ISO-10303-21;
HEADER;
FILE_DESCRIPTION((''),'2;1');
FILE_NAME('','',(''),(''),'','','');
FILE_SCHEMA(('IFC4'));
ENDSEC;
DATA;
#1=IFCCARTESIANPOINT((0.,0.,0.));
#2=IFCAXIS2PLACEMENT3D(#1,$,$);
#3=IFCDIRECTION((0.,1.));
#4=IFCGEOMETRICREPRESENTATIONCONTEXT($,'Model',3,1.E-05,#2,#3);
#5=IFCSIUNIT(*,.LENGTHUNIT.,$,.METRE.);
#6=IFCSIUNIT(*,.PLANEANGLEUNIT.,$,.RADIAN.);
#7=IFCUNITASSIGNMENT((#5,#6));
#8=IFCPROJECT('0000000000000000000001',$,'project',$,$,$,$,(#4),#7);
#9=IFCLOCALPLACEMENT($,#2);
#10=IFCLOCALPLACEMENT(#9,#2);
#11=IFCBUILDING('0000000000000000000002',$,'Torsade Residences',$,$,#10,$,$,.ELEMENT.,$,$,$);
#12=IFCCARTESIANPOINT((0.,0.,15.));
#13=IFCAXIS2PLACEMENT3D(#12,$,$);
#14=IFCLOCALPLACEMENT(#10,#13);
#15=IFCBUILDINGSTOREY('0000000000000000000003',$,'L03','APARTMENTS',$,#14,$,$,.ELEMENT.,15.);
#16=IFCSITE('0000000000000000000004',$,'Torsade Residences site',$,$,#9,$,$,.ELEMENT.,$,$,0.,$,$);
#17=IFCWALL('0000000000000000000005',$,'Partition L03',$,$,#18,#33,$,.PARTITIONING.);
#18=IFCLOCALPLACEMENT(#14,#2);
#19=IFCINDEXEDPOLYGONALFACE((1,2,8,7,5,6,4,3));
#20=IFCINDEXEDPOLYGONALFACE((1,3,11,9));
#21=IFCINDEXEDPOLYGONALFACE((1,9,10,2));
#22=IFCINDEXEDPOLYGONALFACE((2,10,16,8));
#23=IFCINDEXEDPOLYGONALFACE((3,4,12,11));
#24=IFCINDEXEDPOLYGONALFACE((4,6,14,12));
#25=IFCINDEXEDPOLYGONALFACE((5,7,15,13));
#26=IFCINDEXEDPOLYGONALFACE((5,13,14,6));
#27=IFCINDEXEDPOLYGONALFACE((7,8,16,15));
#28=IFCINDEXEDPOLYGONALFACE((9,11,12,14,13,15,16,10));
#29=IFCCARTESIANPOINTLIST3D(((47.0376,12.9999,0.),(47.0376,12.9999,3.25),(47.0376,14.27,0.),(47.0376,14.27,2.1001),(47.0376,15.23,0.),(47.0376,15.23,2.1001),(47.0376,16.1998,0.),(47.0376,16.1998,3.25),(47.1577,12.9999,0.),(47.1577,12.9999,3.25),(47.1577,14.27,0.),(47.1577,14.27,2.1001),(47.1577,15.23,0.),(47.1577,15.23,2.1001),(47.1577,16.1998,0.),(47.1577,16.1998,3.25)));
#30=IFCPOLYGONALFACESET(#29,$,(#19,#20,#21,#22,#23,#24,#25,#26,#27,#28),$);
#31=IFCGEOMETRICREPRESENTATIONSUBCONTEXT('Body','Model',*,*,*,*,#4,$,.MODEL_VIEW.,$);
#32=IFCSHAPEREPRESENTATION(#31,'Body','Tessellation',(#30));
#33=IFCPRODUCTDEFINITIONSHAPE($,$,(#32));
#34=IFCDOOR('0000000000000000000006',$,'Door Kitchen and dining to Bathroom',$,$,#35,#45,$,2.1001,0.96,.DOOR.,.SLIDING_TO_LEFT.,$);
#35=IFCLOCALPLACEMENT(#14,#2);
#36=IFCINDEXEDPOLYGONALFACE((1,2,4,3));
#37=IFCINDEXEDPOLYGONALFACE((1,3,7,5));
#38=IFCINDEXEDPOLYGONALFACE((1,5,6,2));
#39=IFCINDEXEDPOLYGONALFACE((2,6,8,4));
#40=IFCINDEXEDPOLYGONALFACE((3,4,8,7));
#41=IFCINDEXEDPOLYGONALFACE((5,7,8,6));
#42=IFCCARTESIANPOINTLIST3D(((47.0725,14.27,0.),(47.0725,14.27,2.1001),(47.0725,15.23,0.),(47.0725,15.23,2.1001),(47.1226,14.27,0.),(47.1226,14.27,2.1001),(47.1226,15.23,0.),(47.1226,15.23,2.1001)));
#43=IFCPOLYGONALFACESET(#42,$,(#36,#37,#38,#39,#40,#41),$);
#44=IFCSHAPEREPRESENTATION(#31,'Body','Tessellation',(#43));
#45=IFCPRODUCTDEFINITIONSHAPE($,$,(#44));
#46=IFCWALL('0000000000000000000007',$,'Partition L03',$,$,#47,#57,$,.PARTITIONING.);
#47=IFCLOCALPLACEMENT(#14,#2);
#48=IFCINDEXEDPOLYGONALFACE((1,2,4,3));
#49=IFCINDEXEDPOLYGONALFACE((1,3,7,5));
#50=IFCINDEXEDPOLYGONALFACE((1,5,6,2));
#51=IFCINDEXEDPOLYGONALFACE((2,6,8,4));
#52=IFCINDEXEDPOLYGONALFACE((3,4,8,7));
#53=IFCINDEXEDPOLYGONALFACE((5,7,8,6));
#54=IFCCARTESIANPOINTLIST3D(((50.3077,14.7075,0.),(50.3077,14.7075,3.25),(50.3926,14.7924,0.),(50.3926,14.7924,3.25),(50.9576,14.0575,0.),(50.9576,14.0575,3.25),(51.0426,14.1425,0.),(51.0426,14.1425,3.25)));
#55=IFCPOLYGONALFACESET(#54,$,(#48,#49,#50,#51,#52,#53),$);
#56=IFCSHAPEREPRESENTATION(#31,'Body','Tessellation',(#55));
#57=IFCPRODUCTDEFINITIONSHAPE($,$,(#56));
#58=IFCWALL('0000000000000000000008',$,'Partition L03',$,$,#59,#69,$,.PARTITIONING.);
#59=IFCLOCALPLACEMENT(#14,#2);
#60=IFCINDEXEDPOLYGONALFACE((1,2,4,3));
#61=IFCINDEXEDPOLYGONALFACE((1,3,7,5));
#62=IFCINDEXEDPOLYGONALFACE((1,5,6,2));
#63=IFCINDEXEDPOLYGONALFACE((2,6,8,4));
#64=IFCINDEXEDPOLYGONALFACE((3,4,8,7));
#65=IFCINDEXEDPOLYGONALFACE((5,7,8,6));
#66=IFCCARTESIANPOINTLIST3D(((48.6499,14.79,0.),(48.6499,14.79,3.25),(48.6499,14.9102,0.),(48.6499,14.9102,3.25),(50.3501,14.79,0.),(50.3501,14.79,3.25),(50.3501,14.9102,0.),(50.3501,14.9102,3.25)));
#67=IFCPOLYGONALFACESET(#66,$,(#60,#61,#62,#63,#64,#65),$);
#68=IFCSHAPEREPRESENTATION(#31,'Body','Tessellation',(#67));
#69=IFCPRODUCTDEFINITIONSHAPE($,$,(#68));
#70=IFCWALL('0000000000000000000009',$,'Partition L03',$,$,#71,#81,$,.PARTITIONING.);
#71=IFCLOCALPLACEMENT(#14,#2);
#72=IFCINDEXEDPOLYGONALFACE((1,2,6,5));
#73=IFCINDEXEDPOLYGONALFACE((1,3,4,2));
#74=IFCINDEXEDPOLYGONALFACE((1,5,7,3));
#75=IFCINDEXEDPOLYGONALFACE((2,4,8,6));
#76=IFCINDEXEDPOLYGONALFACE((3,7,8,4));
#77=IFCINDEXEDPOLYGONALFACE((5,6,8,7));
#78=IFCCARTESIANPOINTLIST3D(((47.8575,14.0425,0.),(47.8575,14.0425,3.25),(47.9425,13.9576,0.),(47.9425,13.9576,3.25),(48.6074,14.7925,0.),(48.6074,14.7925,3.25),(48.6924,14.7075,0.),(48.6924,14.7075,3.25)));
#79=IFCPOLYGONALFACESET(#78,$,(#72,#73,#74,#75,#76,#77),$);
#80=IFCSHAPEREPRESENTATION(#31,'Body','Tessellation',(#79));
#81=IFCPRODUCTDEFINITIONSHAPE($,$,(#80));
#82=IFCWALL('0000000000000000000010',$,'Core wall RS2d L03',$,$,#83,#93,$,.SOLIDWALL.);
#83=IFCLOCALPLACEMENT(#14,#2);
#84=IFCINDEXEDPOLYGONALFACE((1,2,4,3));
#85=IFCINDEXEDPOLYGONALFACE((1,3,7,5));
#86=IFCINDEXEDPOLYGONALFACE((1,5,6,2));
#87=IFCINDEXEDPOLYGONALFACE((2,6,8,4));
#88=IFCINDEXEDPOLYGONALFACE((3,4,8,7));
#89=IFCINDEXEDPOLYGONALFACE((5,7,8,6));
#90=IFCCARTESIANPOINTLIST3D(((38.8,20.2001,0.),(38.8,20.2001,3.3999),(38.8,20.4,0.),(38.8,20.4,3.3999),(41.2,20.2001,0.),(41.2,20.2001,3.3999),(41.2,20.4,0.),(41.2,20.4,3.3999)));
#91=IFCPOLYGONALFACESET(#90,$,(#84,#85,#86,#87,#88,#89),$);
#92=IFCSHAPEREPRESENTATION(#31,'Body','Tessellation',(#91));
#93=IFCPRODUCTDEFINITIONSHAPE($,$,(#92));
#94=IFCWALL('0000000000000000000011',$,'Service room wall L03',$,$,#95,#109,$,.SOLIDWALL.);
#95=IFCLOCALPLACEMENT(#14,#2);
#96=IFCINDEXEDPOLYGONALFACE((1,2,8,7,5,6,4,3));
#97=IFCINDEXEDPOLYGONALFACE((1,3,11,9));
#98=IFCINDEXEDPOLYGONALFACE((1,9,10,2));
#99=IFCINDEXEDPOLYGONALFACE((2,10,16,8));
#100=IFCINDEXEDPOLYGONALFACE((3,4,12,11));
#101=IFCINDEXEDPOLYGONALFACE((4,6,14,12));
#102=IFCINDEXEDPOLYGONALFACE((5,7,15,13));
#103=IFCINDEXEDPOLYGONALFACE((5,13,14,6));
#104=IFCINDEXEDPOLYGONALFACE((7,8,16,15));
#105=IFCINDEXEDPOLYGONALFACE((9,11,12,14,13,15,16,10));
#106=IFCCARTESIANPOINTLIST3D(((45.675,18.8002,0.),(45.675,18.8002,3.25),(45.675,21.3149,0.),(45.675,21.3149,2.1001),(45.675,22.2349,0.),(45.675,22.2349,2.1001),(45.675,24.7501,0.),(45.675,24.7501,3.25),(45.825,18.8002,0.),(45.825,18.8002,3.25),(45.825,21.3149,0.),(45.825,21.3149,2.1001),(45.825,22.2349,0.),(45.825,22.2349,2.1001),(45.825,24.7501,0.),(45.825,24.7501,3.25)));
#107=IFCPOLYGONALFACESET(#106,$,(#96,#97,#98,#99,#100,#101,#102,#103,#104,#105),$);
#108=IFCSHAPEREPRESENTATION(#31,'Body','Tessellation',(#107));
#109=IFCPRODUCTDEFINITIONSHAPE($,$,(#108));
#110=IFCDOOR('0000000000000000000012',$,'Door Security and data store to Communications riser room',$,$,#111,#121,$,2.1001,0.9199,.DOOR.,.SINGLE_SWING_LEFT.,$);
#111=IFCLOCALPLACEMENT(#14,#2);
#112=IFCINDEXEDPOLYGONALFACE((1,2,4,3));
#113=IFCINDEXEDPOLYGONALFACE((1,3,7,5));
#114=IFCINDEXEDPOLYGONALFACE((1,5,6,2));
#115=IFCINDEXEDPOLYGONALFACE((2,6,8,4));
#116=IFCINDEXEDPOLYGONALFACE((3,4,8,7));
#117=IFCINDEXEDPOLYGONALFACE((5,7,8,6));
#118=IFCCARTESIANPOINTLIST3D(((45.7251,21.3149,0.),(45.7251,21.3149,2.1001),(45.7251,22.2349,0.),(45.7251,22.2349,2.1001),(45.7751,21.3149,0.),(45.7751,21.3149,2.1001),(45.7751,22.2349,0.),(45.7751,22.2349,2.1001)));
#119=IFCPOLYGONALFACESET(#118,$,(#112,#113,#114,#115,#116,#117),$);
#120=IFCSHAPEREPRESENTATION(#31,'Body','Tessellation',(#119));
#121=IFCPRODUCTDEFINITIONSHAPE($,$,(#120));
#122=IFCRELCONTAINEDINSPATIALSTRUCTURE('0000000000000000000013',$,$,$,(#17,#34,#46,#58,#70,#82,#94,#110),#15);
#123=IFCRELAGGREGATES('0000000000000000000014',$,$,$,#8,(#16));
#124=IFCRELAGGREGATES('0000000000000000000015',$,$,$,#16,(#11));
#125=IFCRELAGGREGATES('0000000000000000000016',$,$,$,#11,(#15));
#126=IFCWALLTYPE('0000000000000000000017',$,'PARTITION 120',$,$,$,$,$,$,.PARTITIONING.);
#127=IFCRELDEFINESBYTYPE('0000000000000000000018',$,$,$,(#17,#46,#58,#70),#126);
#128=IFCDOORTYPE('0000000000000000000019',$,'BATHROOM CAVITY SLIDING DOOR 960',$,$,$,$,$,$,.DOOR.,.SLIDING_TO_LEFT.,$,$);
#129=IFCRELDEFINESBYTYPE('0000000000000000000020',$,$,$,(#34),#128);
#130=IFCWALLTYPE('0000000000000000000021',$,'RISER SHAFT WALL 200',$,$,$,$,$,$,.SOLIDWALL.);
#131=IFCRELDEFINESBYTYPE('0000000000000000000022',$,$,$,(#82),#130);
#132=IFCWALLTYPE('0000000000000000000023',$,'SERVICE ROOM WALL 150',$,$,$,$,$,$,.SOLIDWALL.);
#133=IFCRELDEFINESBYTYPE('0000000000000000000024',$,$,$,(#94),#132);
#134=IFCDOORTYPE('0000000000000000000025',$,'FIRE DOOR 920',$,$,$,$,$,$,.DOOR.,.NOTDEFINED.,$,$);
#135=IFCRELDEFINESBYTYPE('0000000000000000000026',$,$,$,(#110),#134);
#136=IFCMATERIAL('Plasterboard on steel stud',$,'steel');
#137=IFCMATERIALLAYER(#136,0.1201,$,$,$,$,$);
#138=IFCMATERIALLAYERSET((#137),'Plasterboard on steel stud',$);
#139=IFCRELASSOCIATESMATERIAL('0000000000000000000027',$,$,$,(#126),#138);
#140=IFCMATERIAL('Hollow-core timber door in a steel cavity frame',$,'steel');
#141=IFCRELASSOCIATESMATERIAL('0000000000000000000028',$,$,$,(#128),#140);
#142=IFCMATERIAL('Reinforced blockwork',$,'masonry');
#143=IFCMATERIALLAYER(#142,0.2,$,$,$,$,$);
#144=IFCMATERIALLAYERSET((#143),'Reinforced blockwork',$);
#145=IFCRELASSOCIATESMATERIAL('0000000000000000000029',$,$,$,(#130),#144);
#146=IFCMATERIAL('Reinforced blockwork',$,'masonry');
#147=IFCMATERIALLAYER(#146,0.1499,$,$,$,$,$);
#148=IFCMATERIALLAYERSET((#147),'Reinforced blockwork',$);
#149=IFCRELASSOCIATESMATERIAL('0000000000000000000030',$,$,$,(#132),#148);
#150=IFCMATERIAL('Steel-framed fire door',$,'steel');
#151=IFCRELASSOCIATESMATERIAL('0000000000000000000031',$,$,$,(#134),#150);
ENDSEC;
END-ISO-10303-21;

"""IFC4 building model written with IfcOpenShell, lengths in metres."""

from ifc_helpers import new_model, si_unit, direction, frame, frame_2d, origin, place, context, subcontext, project, spatial, rectangle, extrude, material, layer, layer_set, type_object, element, fill, save


model = new_model("IFC4")

# Units and contexts
model_context = context("Model", 3, precision=1e-05, world=origin(), true_north=direction((0.0, 1.0)))
body_context = subcontext(model_context, "Body", "Model", "MODEL_VIEW")
ifc_project = project(units=[si_unit("LENGTHUNIT", "METRE"), si_unit("PLANEANGLEUNIT", "RADIAN")], contexts=[model_context])

# Site, building, storey
site_placement = place(None, origin())
site = spatial("IfcSite", under=ifc_project, at=site_placement, Name="Torsade Residences site", CompositionType="ELEMENT", RefElevation=0.0)
building_placement = place(site_placement, origin())
building = spatial("IfcBuilding", under=site, at=building_placement, Name="Torsade Residences", CompositionType="ELEMENT")
storey_placement = place(building_placement, frame((0.0, 0.0, 15.0)))
storey = spatial("IfcBuildingStorey", under=building, at=storey_placement, Name="L03", Description="APARTMENTS", CompositionType="ELEMENT", Elevation=15.0)

# Wall, opening, door
ifc_material_1 = material(Name="Plasterboard on steel stud", Category="steel")
ifc_layer_1 = layer(ifc_material_1, 0.1201)
ifc_layer_set_1 = layer_set([ifc_layer_1], Name="Plasterboard on steel stud")
wall_type_1 = type_object("IfcWallType", Name="PARTITION 120", PredefinedType="PARTITIONING", material=ifc_layer_set_1)
wall_1_placement = place(storey_placement, frame((47.0977, 16.2, 0.0), z_axis=(0.0, 0.0, 1.0), x_axis=(0.0, -1.0, 0.0)))
wall_1 = element("IfcWall", 1, at=wall_1_placement, inside=storey, type_object=wall_type_1, Name="Partition L03", PredefinedType="PARTITIONING", context=body_context, shape_type="SweptSolid", body=[
    extrude(rectangle(XDim=3.2, YDim=0.1201, at=frame_2d((1.6001, 0.0))), origin(), (0.0, 0.0, 1.0), 3.25),
])
opening_1_placement = place(wall_1_placement, frame((0.97, 0.0, 0.0)))
opening_1 = element("IfcOpeningElement", 2, at=opening_1_placement, cuts=wall_1, PredefinedType="OPENING", context=body_context, shape_type="SweptSolid", body=[
    extrude(rectangle(XDim=0.96, YDim=2.1001, at=frame_2d((0.48, 1.05))), frame((0.0, 0.0701, 0.0), z_axis=(0.0, -1.0, 0.0), x_axis=(1.0, 0.0, 0.0)), (0.0, 0.0, 1.0), 0.1401),
])
ifc_material_2 = material(Name="Hollow-core timber door in a steel cavity frame", Category="steel")
door_type_1 = type_object("IfcDoorType", Name="BATHROOM CAVITY SLIDING DOOR 960", OperationType="SLIDING_TO_LEFT", PredefinedType="DOOR", material=ifc_material_2)
door_1_placement = place(opening_1_placement, origin())
door_1 = element("IfcDoor", 3, at=door_1_placement, inside=storey, type_object=door_type_1, Name="Door Kitchen and dining to Bathroom", OperationType="SLIDING_TO_LEFT", OverallHeight=2.1001, OverallWidth=0.96, PredefinedType="DOOR", context=body_context, shape_type="SweptSolid", body=[
    extrude(rectangle(XDim=0.96, YDim=2.1001, at=frame_2d((0.48, 1.05))), frame((0.0, 0.0249, 0.0), z_axis=(0.0, -1.0, 0.0), x_axis=(1.0, 0.0, 0.0)), (0.0, 0.0, 1.0), 0.05),
])
fill(opening_1, door_1)

# Walls
wall_2_placement = place(storey_placement, frame((51.0, 14.1001, 0.0), z_axis=(0.0, 0.0, 1.0), x_axis=(-0.707107, 0.707107, 0.0)))
element("IfcWall", 4, at=wall_2_placement, inside=storey, type_object=wall_type_1, Name="Partition L03", PredefinedType="PARTITIONING", context=body_context, shape_type="SweptSolid", body=[
    extrude(rectangle(XDim=0.9192, YDim=0.1201, at=frame_2d((0.4595, 0.0))), origin(), (0.0, 0.0, 1.0), 3.25),
])
wall_3_placement = place(storey_placement, frame((50.3501, 14.8501, 0.0), z_axis=(0.0, 0.0, 1.0), x_axis=(-1.0, 0.0, 0.0)))
element("IfcWall", 5, at=wall_3_placement, inside=storey, type_object=wall_type_1, Name="Partition L03", PredefinedType="PARTITIONING", context=body_context, shape_type="SweptSolid", body=[
    extrude(rectangle(XDim=1.7002, YDim=0.1201, at=frame_2d((0.8501, 0.0))), origin(), (0.0, 0.0, 1.0), 3.25),
])
wall_4_placement = place(storey_placement, frame((48.6499, 14.75, 0.0), z_axis=(0.0, 0.0, 1.0), x_axis=(-0.707107, -0.707107, 0.0)))
element("IfcWall", 6, at=wall_4_placement, inside=storey, type_object=wall_type_1, Name="Partition L03", PredefinedType="PARTITIONING", context=body_context, shape_type="SweptSolid", body=[
    extrude(rectangle(XDim=1.0605, YDim=0.1201, at=frame_2d((0.5303, 0.0))), origin(), (0.0, 0.0, 1.0), 3.25),
])
ifc_material_3 = material(Name="Reinforced blockwork", Category="masonry")
ifc_layer_2 = layer(ifc_material_3, 0.2)
ifc_layer_set_2 = layer_set([ifc_layer_2], Name="Reinforced blockwork")
wall_type_2 = type_object("IfcWallType", Name="RISER SHAFT WALL 200", PredefinedType="SOLIDWALL", material=ifc_layer_set_2)
wall_5_placement = place(storey_placement, frame((38.8, 20.3, 0.0), z_axis=(0.0, 0.0, 1.0), x_axis=(1.0, 0.0, 0.0)))
element("IfcWall", 7, at=wall_5_placement, inside=storey, type_object=wall_type_2, Name="Core wall RS2d L03", PredefinedType="SOLIDWALL", context=body_context, shape_type="SweptSolid", body=[
    extrude(rectangle(XDim=2.3999, YDim=0.2, at=frame_2d((1.2, 0.0))), origin(), (0.0, 0.0, 1.0), 3.3999),
])

# Wall, opening, door
ifc_material_4 = material(Name="Reinforced blockwork", Category="masonry")
ifc_layer_3 = layer(ifc_material_4, 0.1499)
ifc_layer_set_3 = layer_set([ifc_layer_3], Name="Reinforced blockwork")
wall_type_3 = type_object("IfcWallType", Name="SERVICE ROOM WALL 150", PredefinedType="SOLIDWALL", material=ifc_layer_set_3)
wall_6_placement = place(storey_placement, frame((45.75, 18.8, 0.0), z_axis=(0.0, 0.0, 1.0), x_axis=(0.0, 1.0, 0.0)))
wall_6 = element("IfcWall", 8, at=wall_6_placement, inside=storey, type_object=wall_type_3, Name="Service room wall L03", PredefinedType="SOLIDWALL", context=body_context, shape_type="SweptSolid", body=[
    extrude(rectangle(XDim=5.95, YDim=0.1499, at=frame_2d((2.9751, 0.0))), origin(), (0.0, 0.0, 1.0), 3.25),
])
opening_2_placement = place(wall_6_placement, frame((2.5149, 0.0, 0.0)))
opening_2 = element("IfcOpeningElement", 9, at=opening_2_placement, cuts=wall_6, PredefinedType="OPENING", context=body_context, shape_type="SweptSolid", body=[
    extrude(rectangle(XDim=0.9199, YDim=2.1001, at=frame_2d((0.46, 1.05))), frame((0.0, 0.085, 0.0), z_axis=(0.0, -1.0, 0.0), x_axis=(1.0, 0.0, 0.0)), (0.0, 0.0, 1.0), 0.1699),
])
ifc_material_5 = material(Name="Steel-framed fire door", Category="steel")
door_type_2 = type_object("IfcDoorType", Name="FIRE DOOR 920", OperationType="NOTDEFINED", PredefinedType="DOOR", material=ifc_material_5)
door_2_placement = place(opening_2_placement, origin())
door_2 = element("IfcDoor", 10, at=door_2_placement, inside=storey, type_object=door_type_2, Name="Door Security and data store to Communications riser room", OperationType="SINGLE_SWING_LEFT", OverallHeight=2.1001, OverallWidth=0.9199, PredefinedType="DOOR", context=body_context, shape_type="SweptSolid", body=[
    extrude(rectangle(XDim=0.9199, YDim=2.1001, at=frame_2d((0.46, 1.05))), frame((0.0, 0.0249, 0.0), z_axis=(0.0, -1.0, 0.0), x_axis=(1.0, 0.0, 0.0)), (0.0, 0.0, 1.0), 0.05),
])
fill(opening_2, door_2)

save(model, "model.ifc")
